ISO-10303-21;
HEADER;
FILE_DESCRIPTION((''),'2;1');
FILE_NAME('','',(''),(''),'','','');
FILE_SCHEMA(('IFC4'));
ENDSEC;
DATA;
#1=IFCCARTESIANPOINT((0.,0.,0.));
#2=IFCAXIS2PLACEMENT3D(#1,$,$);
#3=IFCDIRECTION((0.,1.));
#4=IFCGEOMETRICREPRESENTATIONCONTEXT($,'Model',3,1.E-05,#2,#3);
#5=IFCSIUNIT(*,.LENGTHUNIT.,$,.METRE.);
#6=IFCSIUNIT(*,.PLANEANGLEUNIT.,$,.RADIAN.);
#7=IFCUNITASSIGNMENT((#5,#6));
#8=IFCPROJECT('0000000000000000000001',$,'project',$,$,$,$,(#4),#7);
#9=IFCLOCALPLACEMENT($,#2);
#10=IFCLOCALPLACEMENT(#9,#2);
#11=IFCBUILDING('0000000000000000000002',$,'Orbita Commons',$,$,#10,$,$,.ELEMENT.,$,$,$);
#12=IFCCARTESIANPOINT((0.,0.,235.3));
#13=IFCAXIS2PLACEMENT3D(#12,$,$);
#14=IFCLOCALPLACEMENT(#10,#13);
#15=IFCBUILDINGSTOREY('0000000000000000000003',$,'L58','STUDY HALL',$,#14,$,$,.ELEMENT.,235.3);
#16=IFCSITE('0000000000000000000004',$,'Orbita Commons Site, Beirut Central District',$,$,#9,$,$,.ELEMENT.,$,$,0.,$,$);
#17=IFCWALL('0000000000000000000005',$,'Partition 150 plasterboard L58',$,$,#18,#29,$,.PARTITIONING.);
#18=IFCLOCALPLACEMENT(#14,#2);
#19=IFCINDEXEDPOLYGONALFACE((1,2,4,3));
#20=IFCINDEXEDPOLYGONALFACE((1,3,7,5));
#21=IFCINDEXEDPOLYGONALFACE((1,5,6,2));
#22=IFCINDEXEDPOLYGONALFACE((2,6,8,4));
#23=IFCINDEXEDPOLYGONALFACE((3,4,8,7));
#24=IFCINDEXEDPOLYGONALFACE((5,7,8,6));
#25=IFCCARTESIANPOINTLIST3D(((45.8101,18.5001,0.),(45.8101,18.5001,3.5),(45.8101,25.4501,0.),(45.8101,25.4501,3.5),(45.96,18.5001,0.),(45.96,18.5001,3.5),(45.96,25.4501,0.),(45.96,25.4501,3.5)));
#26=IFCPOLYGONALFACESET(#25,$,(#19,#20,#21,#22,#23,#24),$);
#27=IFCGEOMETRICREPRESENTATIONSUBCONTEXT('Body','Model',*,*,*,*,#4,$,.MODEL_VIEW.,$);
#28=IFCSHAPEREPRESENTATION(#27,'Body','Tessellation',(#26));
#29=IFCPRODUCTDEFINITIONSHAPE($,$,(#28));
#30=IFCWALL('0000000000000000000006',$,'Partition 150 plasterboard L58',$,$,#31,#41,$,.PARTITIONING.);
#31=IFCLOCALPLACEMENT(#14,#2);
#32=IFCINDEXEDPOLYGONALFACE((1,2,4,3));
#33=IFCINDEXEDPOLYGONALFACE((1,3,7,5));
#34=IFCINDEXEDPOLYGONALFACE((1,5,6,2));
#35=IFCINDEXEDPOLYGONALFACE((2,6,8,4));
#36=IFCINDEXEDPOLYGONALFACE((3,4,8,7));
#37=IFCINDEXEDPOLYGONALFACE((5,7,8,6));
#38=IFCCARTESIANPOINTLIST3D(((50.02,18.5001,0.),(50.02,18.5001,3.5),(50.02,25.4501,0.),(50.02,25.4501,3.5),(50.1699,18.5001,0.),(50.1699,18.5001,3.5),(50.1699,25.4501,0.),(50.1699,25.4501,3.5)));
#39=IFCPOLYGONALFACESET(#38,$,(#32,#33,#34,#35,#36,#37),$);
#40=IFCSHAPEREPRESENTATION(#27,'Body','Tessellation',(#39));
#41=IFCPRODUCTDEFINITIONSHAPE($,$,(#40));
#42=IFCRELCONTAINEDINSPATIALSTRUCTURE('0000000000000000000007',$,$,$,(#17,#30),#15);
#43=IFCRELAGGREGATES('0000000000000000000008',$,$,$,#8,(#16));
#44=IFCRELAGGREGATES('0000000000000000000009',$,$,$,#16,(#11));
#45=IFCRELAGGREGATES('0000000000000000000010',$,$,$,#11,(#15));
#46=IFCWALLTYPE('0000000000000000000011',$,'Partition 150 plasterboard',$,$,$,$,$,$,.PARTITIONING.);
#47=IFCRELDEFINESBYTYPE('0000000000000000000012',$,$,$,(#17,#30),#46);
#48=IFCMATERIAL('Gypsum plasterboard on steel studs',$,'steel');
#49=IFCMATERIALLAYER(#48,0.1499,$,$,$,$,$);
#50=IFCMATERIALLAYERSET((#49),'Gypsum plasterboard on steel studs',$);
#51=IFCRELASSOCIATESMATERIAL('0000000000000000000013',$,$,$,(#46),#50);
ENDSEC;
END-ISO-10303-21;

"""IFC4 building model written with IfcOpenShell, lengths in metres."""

from ifc_helpers import new_model, si_unit, direction, frame, frame_2d, origin, place, context, subcontext, project, spatial, rectangle, extrude, material, layer, layer_set, type_object, element, save


model = new_model("IFC4")

# Units and contexts
model_context = context("Model", 3, precision=1e-05, world=origin(), true_north=direction((0.0, 1.0)))
body_context = subcontext(model_context, "Body", "Model", "MODEL_VIEW")
ifc_project = project(units=[si_unit("LENGTHUNIT", "METRE"), si_unit("PLANEANGLEUNIT", "RADIAN")], contexts=[model_context])

# Site, building, storey
site_placement = place(None, origin())
site = spatial("IfcSite", under=ifc_project, at=site_placement, Name="Orbita Commons Site, Beirut Central District", CompositionType="ELEMENT", RefElevation=0.0)
building_placement = place(site_placement, origin())
building = spatial("IfcBuilding", under=site, at=building_placement, Name="Orbita Commons", CompositionType="ELEMENT")
storey_placement = place(building_placement, frame((0.0, 0.0, 235.3)))
storey = spatial("IfcBuildingStorey", under=building, at=storey_placement, Name="L58", Description="STUDY HALL", CompositionType="ELEMENT", Elevation=235.3)

# Walls
ifc_material_1 = material(Name="Gypsum plasterboard on steel studs", Category="steel")
ifc_layer_1 = layer(ifc_material_1, 0.1499)
ifc_layer_set_1 = layer_set([ifc_layer_1], Name="Gypsum plasterboard on steel studs")
wall_type_1 = type_object("IfcWallType", Name="Partition 150 plasterboard", PredefinedType="PARTITIONING", material=ifc_layer_set_1)
for number, where, z_axis, x_axis, name in (
    (1, (45.885, 18.5, 0.0), (0.0, 0.0, 1.0), (0.0, 1.0, 0.0), "Partition 150 plasterboard L58"),
    (2, (50.095, 18.5, 0.0), (0.0, 0.0, 1.0), (0.0, 1.0, 0.0), "Partition 150 plasterboard L58"),
):
    element("IfcWall", number, at=place(storey_placement, frame(where, z_axis=z_axis, x_axis=x_axis)), inside=storey, type_object=wall_type_1, Name=name, PredefinedType="PARTITIONING", context=body_context, shape_type="SweptSolid", body=[
        extrude(rectangle(XDim=6.95, YDim=0.1499, at=frame_2d((3.4751, 0.0))), origin(), (0.0, 0.0, 1.0), 3.5),
    ])

save(model, "model.ifc")
